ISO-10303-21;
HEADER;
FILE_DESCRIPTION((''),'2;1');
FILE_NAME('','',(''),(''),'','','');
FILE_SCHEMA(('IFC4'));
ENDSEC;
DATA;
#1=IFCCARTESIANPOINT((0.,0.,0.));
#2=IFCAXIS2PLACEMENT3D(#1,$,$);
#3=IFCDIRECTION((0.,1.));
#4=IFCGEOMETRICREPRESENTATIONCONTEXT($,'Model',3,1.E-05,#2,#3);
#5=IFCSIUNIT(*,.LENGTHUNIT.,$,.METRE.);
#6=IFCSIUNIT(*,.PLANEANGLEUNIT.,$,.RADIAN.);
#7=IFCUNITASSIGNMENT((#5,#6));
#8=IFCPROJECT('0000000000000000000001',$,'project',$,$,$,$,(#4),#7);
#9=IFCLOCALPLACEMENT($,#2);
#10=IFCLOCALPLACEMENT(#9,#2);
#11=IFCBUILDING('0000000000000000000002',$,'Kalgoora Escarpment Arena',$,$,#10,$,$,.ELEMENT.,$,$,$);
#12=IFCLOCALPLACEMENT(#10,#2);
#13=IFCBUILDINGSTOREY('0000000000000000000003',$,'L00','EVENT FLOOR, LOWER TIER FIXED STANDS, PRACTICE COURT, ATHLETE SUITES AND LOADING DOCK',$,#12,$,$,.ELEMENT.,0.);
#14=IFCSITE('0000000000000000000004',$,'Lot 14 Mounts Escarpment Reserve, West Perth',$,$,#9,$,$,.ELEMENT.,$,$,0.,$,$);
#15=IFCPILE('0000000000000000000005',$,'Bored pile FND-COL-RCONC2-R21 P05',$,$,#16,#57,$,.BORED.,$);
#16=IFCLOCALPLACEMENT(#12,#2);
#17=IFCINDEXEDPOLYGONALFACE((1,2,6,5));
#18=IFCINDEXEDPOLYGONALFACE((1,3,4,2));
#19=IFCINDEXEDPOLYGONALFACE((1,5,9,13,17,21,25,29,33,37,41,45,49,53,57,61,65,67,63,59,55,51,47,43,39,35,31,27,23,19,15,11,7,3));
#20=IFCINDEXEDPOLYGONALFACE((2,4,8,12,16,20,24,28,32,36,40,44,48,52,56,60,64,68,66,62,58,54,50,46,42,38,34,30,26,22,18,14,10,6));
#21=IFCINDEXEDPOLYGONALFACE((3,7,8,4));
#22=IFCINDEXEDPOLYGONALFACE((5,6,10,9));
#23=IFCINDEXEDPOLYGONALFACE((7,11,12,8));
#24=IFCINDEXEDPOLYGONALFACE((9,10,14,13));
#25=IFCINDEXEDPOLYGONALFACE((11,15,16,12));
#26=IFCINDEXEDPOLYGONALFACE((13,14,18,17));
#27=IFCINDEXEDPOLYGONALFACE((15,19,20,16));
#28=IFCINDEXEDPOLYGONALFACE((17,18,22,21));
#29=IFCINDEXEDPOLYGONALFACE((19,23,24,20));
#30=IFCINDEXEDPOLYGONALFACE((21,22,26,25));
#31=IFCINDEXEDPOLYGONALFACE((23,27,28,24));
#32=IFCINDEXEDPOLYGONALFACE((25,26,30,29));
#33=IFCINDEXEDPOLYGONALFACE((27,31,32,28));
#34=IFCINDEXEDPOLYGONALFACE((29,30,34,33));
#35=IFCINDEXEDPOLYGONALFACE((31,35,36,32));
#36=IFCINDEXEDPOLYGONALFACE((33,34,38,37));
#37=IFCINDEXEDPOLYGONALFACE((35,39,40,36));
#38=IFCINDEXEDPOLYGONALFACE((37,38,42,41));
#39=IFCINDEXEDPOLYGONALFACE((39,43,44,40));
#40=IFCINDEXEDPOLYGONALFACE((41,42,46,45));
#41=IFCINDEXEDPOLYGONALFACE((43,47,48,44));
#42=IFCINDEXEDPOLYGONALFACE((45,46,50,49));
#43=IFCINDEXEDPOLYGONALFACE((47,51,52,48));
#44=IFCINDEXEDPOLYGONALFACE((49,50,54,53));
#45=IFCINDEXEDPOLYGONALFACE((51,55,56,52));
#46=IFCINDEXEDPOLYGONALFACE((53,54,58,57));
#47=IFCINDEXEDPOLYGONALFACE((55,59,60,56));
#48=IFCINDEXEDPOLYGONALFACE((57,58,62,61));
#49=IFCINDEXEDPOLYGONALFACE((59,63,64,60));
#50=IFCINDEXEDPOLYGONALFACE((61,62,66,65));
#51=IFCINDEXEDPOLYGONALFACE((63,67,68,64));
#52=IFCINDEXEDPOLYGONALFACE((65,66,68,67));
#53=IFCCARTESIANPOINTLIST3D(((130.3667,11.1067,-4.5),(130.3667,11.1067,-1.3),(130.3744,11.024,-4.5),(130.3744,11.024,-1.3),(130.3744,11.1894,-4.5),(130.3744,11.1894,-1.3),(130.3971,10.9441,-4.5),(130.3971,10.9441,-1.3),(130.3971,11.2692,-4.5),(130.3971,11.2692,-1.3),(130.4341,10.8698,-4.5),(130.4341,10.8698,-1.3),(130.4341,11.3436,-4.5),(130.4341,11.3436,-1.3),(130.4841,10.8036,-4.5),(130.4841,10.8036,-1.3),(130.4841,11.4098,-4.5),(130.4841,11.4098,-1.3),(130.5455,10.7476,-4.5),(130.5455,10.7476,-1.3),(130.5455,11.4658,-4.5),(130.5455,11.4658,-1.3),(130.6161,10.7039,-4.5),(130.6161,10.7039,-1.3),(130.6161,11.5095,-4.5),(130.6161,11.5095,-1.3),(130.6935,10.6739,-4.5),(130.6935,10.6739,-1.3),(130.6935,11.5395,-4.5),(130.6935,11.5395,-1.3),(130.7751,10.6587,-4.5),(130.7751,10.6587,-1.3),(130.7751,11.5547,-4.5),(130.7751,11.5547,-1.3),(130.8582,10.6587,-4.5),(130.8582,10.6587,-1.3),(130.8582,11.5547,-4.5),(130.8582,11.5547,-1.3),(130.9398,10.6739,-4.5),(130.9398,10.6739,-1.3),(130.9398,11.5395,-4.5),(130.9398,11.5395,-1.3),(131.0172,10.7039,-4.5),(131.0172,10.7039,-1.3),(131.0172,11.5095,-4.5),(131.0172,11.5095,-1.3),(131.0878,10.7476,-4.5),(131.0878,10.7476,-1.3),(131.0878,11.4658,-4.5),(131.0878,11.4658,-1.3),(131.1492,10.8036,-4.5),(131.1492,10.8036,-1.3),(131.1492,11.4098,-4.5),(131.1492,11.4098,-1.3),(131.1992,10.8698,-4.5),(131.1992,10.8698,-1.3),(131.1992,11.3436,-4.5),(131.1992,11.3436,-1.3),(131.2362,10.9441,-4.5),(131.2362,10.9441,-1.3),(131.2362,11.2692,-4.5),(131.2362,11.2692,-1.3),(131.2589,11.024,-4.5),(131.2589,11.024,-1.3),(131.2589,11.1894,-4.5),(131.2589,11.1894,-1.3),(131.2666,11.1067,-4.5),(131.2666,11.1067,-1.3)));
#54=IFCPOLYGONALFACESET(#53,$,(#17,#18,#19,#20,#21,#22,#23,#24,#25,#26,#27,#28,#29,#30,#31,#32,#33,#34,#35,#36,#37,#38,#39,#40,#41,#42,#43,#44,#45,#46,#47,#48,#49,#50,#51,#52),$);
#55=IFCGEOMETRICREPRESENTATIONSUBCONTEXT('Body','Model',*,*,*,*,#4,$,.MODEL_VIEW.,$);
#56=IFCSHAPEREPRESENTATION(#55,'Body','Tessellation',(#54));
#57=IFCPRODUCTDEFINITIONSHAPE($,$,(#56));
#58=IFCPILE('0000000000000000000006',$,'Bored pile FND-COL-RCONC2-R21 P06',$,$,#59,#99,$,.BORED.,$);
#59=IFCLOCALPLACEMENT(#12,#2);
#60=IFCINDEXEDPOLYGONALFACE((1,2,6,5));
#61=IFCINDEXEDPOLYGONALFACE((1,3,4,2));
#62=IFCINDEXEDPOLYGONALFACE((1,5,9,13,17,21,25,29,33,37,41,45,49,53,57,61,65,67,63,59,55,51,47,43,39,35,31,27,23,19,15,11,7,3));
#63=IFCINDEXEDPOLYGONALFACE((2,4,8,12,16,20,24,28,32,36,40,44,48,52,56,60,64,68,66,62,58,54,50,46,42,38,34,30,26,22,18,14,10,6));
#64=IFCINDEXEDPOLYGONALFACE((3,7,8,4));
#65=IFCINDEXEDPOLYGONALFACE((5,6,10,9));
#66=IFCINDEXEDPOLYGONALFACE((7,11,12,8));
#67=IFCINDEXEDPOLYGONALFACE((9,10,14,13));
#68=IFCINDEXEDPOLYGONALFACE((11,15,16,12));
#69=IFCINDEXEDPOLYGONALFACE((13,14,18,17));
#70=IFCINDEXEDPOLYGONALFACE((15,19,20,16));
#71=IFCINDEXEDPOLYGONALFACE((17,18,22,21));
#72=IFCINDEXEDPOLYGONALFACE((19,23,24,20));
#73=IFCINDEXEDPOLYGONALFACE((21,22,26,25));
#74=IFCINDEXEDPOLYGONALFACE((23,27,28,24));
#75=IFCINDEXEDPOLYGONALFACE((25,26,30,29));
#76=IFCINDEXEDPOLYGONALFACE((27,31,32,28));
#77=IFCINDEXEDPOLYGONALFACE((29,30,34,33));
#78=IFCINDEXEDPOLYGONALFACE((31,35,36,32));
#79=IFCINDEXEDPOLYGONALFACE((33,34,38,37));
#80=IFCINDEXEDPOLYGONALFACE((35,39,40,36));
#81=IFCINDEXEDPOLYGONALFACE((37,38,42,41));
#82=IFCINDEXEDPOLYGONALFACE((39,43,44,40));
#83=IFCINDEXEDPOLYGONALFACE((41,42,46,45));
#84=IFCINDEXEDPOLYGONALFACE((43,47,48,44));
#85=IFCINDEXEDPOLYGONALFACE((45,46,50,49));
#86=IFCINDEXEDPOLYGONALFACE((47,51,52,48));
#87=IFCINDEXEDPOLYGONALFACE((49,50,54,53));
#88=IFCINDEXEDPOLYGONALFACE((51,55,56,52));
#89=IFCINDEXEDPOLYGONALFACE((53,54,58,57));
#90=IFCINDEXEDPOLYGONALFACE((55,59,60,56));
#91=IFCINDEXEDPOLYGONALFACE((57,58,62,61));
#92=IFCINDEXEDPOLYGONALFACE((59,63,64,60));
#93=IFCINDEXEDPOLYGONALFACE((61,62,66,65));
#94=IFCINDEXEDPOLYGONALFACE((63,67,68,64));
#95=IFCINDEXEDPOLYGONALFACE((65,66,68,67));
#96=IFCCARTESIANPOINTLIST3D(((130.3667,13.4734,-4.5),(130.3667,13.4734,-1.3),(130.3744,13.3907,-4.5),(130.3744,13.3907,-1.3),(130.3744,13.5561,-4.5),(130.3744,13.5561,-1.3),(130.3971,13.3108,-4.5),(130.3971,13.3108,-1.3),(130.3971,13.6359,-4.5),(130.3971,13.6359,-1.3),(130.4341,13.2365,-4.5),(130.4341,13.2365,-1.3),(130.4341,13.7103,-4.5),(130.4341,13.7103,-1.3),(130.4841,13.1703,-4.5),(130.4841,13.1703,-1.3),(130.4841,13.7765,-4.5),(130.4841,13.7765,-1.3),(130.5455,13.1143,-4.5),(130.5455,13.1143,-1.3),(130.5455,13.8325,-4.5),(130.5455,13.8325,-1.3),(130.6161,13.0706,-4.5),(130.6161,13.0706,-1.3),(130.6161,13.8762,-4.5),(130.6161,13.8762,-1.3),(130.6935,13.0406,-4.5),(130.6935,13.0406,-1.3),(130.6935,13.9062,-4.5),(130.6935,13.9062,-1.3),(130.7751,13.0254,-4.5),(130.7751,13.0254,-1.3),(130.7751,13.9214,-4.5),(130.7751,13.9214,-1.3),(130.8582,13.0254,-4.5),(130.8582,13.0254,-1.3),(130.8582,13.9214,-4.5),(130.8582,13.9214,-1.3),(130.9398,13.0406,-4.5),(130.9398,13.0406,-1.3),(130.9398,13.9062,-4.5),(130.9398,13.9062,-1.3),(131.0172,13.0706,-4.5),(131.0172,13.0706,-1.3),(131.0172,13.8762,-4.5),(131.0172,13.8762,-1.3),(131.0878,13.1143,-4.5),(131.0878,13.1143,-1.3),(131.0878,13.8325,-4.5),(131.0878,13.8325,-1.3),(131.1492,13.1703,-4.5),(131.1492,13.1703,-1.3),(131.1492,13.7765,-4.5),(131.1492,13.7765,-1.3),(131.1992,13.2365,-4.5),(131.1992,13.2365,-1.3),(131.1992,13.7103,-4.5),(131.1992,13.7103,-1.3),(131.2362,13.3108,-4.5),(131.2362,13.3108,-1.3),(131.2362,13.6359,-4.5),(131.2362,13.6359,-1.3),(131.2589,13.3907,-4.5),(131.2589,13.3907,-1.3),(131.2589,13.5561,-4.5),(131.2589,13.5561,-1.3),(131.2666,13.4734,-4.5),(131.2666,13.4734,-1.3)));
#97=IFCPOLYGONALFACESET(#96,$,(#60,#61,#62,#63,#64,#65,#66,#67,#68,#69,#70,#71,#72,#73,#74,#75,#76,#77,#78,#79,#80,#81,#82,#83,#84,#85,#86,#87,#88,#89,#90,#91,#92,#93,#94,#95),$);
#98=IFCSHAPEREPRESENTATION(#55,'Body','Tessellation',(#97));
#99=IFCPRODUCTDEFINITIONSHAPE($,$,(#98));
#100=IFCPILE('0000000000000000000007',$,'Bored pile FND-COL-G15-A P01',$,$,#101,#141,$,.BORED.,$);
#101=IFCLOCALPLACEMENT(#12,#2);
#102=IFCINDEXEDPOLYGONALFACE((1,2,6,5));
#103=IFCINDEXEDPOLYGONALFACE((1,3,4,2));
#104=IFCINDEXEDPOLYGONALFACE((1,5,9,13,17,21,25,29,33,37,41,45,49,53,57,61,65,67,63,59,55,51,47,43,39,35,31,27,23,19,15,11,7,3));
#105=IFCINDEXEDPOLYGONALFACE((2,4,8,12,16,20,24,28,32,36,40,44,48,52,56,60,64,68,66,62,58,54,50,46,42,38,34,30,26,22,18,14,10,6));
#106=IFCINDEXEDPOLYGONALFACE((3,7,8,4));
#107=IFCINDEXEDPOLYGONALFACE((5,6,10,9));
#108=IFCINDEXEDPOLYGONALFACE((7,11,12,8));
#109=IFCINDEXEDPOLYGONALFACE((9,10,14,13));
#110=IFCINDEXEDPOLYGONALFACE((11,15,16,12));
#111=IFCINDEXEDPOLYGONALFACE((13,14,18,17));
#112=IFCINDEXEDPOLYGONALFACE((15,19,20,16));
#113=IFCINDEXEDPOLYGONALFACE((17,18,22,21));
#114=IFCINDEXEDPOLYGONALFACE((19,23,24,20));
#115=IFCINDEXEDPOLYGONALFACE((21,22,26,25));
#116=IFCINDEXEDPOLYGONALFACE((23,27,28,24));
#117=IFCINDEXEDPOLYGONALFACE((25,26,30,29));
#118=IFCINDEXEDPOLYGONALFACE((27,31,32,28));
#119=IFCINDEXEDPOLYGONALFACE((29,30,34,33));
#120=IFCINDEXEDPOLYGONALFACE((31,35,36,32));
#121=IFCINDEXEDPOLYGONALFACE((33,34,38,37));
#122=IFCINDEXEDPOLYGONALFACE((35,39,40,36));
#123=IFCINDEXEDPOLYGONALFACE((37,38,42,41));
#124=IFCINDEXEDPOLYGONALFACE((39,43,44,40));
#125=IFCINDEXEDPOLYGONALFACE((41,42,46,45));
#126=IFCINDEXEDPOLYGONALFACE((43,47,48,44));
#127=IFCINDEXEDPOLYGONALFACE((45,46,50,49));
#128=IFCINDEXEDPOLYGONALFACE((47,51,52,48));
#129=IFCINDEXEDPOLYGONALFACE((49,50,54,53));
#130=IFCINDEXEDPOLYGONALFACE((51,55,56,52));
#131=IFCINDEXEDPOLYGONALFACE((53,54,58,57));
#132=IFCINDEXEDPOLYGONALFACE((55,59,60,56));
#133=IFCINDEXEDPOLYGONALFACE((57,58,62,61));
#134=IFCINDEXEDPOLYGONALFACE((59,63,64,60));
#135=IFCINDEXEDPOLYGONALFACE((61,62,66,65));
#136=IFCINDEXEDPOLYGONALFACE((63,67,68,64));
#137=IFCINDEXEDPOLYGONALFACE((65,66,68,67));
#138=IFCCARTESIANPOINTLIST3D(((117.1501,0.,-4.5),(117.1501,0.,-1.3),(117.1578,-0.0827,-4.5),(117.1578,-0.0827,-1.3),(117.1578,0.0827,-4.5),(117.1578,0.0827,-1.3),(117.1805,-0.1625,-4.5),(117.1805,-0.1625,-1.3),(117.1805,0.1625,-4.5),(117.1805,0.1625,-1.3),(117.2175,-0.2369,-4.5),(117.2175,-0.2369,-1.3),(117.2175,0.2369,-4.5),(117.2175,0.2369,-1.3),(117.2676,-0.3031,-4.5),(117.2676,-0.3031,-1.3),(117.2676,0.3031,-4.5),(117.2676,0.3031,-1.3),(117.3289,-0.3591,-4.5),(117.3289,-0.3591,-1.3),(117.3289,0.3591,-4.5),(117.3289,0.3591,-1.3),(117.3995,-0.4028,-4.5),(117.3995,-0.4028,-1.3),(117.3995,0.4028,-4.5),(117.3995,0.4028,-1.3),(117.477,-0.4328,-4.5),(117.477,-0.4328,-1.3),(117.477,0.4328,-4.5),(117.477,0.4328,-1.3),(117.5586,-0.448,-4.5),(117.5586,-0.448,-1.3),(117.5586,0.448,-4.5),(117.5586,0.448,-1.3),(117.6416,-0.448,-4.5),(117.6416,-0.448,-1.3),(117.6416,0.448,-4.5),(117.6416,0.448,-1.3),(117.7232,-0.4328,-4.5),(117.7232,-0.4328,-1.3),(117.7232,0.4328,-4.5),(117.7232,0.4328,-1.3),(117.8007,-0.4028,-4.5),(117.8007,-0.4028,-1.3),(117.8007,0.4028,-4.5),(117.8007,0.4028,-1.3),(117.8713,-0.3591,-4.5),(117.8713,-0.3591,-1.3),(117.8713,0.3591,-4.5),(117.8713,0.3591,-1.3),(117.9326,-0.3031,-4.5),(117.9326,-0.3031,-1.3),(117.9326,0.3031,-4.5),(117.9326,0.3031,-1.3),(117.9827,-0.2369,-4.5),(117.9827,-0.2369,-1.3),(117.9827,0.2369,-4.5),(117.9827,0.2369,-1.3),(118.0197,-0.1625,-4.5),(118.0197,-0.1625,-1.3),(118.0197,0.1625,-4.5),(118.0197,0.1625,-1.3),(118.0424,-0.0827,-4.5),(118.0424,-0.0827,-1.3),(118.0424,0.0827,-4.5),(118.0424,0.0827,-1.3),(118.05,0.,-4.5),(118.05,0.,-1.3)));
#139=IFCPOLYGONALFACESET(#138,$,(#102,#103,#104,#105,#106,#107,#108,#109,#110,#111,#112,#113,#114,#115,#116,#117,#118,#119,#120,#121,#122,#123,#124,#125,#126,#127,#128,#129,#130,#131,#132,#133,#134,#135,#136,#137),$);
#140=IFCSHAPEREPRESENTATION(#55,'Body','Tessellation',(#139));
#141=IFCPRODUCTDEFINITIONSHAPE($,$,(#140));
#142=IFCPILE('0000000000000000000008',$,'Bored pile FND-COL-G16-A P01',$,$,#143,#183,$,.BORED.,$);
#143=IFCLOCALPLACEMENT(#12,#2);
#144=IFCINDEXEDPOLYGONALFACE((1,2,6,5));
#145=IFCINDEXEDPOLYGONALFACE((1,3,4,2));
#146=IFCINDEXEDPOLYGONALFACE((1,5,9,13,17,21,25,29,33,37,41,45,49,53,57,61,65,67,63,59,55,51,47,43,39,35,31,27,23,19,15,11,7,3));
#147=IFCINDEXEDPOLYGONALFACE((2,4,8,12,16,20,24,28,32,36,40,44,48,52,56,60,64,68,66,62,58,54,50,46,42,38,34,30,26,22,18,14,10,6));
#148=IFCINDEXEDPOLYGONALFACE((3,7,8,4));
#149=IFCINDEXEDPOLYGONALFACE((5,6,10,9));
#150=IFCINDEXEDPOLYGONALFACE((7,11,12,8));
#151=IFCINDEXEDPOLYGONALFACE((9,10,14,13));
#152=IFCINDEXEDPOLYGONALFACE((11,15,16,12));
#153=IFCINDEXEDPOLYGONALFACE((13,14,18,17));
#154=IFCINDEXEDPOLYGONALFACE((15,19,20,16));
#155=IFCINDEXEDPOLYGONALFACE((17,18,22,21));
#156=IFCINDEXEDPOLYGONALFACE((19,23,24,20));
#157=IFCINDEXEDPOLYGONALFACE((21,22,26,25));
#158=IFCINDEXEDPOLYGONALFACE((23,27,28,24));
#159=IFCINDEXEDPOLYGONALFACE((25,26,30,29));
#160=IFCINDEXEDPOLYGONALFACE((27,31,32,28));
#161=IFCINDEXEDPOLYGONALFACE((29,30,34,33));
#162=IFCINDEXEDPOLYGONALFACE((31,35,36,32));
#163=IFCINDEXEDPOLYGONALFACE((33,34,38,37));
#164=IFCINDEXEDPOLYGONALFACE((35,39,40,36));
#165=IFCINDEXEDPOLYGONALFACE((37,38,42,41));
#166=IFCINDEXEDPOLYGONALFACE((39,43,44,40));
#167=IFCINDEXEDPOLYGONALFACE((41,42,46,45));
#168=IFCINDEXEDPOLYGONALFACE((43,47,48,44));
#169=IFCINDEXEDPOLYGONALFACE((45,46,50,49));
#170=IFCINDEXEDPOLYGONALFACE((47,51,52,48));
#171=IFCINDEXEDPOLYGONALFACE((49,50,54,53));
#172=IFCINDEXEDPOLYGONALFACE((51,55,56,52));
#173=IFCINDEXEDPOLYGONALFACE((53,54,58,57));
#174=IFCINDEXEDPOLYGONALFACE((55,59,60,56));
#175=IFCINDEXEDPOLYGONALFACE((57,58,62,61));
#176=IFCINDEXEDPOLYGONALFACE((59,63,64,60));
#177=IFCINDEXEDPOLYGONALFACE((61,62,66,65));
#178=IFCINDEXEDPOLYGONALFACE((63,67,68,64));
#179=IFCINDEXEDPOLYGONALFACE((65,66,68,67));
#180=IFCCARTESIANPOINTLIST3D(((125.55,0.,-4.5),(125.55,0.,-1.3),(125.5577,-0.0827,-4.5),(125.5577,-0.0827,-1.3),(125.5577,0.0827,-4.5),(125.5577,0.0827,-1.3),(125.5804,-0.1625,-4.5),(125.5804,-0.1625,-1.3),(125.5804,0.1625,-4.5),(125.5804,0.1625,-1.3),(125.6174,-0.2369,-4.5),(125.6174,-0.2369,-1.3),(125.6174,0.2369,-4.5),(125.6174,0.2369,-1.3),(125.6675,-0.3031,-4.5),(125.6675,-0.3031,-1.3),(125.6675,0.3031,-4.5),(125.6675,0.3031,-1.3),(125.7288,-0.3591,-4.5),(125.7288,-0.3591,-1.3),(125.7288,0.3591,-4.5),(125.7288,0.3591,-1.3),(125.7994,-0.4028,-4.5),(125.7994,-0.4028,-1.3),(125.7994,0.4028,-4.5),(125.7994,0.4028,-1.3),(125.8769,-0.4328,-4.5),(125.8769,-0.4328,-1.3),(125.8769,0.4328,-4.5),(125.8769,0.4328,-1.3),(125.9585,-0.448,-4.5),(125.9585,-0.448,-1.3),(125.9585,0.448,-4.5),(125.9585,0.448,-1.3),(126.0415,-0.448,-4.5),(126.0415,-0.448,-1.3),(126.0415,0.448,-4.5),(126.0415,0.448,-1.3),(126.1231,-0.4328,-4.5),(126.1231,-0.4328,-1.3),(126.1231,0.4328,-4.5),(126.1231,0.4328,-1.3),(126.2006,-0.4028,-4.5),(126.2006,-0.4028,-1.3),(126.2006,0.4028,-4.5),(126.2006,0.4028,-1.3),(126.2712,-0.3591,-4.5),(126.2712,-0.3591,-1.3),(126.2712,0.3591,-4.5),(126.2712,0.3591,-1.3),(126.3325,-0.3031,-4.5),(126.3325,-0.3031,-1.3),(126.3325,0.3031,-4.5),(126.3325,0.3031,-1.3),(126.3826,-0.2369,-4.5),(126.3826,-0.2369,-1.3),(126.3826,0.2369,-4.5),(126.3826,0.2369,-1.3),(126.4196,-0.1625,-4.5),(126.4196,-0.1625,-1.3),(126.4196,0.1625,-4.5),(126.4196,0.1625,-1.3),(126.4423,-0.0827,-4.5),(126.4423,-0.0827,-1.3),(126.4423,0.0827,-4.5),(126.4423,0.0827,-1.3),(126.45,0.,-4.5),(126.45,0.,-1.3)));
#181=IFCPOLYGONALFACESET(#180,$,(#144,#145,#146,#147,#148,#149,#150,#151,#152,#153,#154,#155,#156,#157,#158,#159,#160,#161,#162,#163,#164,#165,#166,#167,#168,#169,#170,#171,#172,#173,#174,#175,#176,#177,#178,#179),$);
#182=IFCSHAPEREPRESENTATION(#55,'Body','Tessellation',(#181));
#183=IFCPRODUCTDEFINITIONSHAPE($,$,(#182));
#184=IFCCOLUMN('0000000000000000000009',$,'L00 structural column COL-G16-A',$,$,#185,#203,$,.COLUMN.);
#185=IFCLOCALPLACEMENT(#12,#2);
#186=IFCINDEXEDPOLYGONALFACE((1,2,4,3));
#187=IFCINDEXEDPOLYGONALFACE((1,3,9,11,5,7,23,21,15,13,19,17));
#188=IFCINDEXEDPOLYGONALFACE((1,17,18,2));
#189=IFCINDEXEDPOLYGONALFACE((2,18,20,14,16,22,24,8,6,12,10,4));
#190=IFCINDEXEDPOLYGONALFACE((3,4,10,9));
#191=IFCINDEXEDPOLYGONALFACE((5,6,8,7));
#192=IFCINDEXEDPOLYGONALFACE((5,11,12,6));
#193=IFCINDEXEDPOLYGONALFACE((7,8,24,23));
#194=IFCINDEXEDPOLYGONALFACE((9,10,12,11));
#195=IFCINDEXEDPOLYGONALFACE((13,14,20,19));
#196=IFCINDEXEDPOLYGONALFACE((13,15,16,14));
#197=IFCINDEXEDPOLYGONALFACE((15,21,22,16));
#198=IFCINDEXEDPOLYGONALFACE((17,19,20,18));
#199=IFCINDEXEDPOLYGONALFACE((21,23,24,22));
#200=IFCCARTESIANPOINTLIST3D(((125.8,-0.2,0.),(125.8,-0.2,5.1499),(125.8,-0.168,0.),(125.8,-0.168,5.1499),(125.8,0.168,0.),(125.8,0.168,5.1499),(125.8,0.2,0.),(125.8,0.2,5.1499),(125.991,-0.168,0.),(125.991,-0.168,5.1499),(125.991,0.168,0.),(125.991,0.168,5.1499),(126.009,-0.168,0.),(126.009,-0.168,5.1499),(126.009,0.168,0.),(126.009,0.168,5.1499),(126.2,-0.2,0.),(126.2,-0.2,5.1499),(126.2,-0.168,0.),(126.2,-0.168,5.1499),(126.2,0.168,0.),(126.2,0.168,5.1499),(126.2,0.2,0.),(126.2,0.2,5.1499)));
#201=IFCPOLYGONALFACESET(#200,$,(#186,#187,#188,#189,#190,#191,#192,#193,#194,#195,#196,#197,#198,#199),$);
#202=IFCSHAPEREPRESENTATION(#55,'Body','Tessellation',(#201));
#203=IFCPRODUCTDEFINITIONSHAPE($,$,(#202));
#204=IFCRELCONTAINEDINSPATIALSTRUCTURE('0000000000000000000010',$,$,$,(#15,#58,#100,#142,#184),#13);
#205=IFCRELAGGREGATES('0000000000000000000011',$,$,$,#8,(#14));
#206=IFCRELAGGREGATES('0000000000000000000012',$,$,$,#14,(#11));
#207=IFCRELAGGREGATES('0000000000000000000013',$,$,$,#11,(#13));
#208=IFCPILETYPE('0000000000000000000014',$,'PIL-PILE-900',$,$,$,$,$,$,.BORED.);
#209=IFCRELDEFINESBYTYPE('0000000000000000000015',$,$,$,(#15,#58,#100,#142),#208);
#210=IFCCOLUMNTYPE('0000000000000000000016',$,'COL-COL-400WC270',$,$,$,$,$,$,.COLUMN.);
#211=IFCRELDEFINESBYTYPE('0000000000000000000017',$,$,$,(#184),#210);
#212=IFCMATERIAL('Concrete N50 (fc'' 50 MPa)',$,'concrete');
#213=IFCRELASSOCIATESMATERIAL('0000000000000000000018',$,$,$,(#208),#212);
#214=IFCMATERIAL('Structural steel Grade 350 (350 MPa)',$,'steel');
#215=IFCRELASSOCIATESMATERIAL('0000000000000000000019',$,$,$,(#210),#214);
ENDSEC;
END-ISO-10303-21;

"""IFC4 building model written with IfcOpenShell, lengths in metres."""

from ifc_helpers import new_model, si_unit, direction, frame, origin, origin_2d, place, context, subcontext, project, spatial, circle, i_section, extrude, material, material_profile, profile_set, type_object, element, save


model = new_model("IFC4")

# Units and contexts
model_context = context("Model", 3, precision=1e-05, world=origin(), true_north=direction((0.0, 1.0)))
body_context = subcontext(model_context, "Body", "Model", "MODEL_VIEW")
ifc_project = project(units=[si_unit("LENGTHUNIT", "METRE"), si_unit("PLANEANGLEUNIT", "RADIAN")], contexts=[model_context])

# Site, building, storey
site_placement = place(None, origin())
site = spatial("IfcSite", under=ifc_project, at=site_placement, Name="Lot 14 Mounts Escarpment Reserve, West Perth", CompositionType="ELEMENT", RefElevation=0.0)
building_placement = place(site_placement, origin())
building = spatial("IfcBuilding", under=site, at=building_placement, Name="Kalgoora Escarpment Arena", CompositionType="ELEMENT")
storey_placement = place(building_placement, origin())
storey = spatial("IfcBuildingStorey", under=building, at=storey_placement, Name="L00", Description="EVENT FLOOR, LOWER TIER FIXED STANDS, PRACTICE COURT, ATHLETE SUITES AND LOADING DOCK", CompositionType="ELEMENT", Elevation=0.0)

# Piles
ifc_material_1 = material(Name="Concrete N50 (fc' 50 MPa)", Category="concrete")
ifc_material_profile_1 = material_profile(ifc_material_1, circle(Radius=0.45, at=origin_2d()))
ifc_profile_set_1 = profile_set([ifc_material_profile_1], Name="Concrete N50 (fc' 50 MPa)")
pile_type_1 = type_object("IfcPileType", Name="PIL-PILE-900", PredefinedType="BORED", material=ifc_profile_set_1)
for number, where, z_axis, x_axis, name in (
    (1, (130.8167, 11.1067, -1.3), (0.0, 0.0, -1.0), (1.0, 0.0, 0.0), "Bored pile FND-COL-RCONC2-R21 P05"),
    (2, (130.8167, 13.4734, -1.3), (0.0, 0.0, -1.0), (1.0, 0.0, 0.0), "Bored pile FND-COL-RCONC2-R21 P06"),
    (3, (117.6001, 0.0, -1.3), (0.0, 0.0, -1.0), (1.0, 0.0, 0.0), "Bored pile FND-COL-G15-A P01"),
    (4, (126.0, 0.0, -1.3), (0.0, 0.0, -1.0), (1.0, 0.0, 0.0), "Bored pile FND-COL-G16-A P01"),
):
    element("IfcPile", number, at=place(storey_placement, frame(where, z_axis=z_axis, x_axis=x_axis)), inside=storey, type_object=pile_type_1, Name=name, PredefinedType="BORED", context=body_context, shape_type="SweptSolid", body=[
        extrude(circle(Radius=0.45, at=origin_2d()), origin(), (0.0, 0.0, 1.0), 3.2),
    ])

# Column
ifc_material_2 = material(Name="Structural steel Grade 350 (350 MPa)", Category="steel")
ifc_material_profile_2 = material_profile(ifc_material_2, i_section(OverallWidth=0.3999, OverallDepth=0.3999, WebThickness=0.0181, FlangeThickness=0.032, at=origin_2d()))
ifc_profile_set_2 = profile_set([ifc_material_profile_2], Name="Structural steel Grade 350 (350 MPa)")
column_type_1 = type_object("IfcColumnType", Name="COL-COL-400WC270", PredefinedType="COLUMN", material=ifc_profile_set_2)
column_1_placement = place(storey_placement, frame((126.0, 0.0, 0.0), z_axis=(0.0, 0.0, 1.0), x_axis=(1.0, 0.0, 0.0)))
element("IfcColumn", 5, at=column_1_placement, inside=storey, type_object=column_type_1, Name="L00 structural column COL-G16-A", PredefinedType="COLUMN", context=body_context, shape_type="SweptSolid", body=[
    extrude(i_section(OverallWidth=0.3999, OverallDepth=0.3999, WebThickness=0.0181, FlangeThickness=0.032, at=origin_2d()), origin(), (0.0, 0.0, 1.0), 5.1499),
])

save(model, "model.ifc")
